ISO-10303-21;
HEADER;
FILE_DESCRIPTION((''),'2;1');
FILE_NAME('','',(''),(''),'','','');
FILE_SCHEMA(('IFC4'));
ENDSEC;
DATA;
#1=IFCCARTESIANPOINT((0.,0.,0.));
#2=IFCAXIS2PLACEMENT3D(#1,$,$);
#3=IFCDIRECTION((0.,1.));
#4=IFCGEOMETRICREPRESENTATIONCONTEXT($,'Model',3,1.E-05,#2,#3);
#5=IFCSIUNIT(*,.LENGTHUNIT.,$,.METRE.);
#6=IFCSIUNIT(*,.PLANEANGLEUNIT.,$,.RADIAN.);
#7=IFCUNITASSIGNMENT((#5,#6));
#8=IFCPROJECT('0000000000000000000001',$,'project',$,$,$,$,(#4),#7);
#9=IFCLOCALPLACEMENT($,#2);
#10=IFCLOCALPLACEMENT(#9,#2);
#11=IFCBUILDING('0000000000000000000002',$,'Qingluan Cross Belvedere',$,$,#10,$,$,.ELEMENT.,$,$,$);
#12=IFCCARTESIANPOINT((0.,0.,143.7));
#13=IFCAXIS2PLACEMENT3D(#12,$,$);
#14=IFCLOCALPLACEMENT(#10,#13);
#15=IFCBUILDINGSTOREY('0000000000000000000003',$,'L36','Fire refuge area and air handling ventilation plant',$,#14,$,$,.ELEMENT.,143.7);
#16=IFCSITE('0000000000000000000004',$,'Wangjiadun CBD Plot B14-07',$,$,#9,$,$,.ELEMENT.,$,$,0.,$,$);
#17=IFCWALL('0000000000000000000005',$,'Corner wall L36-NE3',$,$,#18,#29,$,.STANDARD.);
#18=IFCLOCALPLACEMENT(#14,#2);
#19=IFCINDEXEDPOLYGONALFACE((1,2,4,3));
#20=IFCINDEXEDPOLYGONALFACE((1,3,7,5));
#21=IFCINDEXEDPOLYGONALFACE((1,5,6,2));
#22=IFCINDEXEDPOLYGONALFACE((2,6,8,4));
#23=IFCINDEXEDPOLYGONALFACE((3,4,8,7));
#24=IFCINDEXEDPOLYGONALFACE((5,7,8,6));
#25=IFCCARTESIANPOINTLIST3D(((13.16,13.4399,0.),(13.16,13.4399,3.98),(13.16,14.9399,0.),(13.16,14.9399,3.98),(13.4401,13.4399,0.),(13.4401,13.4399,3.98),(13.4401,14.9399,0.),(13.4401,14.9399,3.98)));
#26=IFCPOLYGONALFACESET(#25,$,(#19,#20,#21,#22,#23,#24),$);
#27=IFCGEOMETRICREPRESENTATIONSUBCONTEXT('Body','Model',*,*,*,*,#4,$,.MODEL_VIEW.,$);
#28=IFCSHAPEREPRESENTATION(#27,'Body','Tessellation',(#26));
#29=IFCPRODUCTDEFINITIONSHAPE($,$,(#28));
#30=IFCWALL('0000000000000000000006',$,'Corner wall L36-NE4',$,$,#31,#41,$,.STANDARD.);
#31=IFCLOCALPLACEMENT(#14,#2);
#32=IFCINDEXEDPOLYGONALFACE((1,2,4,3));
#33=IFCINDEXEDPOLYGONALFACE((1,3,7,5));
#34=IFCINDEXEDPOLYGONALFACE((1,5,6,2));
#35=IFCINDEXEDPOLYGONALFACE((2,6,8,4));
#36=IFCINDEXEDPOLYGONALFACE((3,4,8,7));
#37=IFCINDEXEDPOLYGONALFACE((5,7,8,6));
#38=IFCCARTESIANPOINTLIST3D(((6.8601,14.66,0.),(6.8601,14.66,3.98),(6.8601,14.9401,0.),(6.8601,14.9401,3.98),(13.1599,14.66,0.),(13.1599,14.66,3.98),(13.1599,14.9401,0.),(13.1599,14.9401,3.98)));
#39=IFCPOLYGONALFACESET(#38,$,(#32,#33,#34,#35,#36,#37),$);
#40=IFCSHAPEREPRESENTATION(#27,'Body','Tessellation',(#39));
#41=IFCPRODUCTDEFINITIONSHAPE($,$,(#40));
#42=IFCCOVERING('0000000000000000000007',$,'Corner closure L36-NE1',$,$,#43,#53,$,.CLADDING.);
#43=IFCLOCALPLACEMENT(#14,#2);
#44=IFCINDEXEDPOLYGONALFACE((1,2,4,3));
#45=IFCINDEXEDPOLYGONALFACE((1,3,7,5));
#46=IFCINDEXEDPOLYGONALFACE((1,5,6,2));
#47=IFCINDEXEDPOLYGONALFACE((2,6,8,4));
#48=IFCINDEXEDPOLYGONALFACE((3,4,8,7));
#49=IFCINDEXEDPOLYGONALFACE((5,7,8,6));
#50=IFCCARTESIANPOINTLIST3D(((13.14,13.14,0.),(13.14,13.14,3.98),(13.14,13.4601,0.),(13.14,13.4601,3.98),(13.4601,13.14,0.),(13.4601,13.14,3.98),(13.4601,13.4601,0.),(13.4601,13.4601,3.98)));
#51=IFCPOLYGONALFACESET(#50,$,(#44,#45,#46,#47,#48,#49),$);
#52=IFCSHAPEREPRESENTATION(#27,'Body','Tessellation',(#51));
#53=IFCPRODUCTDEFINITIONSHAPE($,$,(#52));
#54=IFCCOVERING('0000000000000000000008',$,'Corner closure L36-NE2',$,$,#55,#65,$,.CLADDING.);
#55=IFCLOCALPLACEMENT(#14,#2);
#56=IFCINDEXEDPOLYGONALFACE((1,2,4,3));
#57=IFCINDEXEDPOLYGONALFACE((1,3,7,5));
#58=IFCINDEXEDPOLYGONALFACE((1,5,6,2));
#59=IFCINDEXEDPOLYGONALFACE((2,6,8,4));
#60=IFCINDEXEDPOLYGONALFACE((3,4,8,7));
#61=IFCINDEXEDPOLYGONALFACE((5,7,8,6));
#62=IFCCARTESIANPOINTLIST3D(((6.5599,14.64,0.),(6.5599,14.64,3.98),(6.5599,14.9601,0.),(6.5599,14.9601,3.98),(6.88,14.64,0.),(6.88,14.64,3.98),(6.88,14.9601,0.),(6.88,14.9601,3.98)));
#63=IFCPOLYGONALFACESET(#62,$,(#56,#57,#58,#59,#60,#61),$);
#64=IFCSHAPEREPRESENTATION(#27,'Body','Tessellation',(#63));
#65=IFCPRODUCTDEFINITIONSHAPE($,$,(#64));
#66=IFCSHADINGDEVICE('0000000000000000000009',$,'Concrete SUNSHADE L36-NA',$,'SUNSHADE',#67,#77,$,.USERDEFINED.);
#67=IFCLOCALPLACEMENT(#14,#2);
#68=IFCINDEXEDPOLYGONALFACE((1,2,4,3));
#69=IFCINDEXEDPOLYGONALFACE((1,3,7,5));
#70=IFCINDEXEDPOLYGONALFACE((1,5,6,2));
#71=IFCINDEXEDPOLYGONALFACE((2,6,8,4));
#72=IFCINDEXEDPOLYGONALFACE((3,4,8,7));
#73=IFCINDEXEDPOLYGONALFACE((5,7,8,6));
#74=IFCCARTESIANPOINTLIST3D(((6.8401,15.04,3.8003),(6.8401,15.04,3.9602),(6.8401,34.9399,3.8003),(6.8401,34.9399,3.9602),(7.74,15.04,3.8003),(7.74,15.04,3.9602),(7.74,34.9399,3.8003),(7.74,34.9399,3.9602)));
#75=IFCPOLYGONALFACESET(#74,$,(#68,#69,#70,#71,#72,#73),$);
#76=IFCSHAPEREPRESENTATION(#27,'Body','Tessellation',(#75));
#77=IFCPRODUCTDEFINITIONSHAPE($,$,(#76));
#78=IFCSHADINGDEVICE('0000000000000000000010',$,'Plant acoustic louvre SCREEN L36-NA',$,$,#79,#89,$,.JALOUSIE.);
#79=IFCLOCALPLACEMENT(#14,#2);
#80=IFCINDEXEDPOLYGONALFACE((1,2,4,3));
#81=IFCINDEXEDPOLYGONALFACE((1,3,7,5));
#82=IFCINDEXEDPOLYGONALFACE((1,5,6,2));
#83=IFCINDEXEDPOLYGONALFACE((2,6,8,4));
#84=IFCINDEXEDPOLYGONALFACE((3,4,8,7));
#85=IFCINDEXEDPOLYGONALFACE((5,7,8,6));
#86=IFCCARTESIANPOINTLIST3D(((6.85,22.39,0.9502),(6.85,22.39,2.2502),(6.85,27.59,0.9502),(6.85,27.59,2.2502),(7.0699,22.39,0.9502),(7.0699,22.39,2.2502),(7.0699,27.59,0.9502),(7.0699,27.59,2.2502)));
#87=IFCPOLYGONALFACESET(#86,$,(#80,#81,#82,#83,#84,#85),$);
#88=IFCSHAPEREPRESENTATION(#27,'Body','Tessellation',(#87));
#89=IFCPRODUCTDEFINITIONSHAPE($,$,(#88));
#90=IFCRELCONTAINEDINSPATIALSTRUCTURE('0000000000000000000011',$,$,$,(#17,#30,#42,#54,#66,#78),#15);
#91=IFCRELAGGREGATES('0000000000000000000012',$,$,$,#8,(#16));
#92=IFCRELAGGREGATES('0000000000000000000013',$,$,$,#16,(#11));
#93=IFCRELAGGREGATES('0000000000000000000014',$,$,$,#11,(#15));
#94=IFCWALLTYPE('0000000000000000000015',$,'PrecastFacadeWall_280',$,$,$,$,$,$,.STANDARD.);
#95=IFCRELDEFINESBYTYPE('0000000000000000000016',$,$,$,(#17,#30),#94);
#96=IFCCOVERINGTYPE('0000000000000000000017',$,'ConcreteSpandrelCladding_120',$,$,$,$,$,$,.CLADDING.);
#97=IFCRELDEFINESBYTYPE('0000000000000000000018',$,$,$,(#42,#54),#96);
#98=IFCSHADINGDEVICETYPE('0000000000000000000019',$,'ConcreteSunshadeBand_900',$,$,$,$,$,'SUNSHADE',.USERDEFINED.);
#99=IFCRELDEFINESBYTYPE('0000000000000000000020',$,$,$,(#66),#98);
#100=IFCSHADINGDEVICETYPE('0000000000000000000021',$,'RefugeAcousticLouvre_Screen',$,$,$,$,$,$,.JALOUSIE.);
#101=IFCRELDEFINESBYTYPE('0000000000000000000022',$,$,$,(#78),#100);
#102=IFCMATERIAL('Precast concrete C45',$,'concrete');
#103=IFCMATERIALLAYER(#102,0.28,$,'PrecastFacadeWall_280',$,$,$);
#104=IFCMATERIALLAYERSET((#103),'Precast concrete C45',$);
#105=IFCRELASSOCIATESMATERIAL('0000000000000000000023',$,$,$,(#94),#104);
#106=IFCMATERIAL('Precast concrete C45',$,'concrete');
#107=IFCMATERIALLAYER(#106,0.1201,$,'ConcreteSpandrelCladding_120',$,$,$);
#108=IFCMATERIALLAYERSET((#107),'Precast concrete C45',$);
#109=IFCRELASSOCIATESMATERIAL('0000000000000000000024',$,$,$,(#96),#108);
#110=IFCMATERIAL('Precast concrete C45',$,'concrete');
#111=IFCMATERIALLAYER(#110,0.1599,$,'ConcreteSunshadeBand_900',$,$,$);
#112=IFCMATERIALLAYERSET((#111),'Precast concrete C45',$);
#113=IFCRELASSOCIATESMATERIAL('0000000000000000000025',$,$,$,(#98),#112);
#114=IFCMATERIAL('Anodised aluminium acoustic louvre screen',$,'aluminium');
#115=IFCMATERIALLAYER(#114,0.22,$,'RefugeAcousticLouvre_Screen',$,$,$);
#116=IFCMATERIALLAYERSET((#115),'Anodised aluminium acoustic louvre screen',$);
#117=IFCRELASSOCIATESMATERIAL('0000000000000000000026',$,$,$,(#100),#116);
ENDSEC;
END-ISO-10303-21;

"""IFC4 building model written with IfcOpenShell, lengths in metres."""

from ifc_helpers import new_model, si_unit, direction, frame, frame_2d, origin, origin_2d, place, context, subcontext, project, spatial, rectangle, extrude, material, layer, layer_set, type_object, element, save


model = new_model("IFC4")

# Units and contexts
model_context = context("Model", 3, precision=1e-05, world=origin(), true_north=direction((0.0, 1.0)))
body_context = subcontext(model_context, "Body", "Model", "MODEL_VIEW")
ifc_project = project(units=[si_unit("LENGTHUNIT", "METRE"), si_unit("PLANEANGLEUNIT", "RADIAN")], contexts=[model_context])

# Site, building, storey
site_placement = place(None, origin())
site = spatial("IfcSite", under=ifc_project, at=site_placement, Name="Wangjiadun CBD Plot B14-07", CompositionType="ELEMENT", RefElevation=0.0)
building_placement = place(site_placement, origin())
building = spatial("IfcBuilding", under=site, at=building_placement, Name="Qingluan Cross Belvedere", CompositionType="ELEMENT")
storey_placement = place(building_placement, frame((0.0, 0.0, 143.7)))
storey = spatial("IfcBuildingStorey", under=building, at=storey_placement, Name="L36", Description="Fire refuge area and air handling ventilation plant", CompositionType="ELEMENT", Elevation=143.7)

# Shared definitions
ifc_material_1 = material(Name="Precast concrete C45", Category="concrete")
ifc_layer_1 = layer(ifc_material_1, 0.28, Name="PrecastFacadeWall_280")
ifc_layer_set_1 = layer_set([ifc_layer_1], Name="Precast concrete C45")
wall_type_1 = type_object("IfcWallType", Name="PrecastFacadeWall_280", PredefinedType="STANDARD", material=ifc_layer_set_1)

# Walls
wall_1_placement = place(storey_placement, frame((13.3, 13.4399, 0.0), z_axis=(0.0, 0.0, 1.0), x_axis=(0.0, 1.0, 0.0)))
element("IfcWall", 1, at=wall_1_placement, inside=storey, type_object=wall_type_1, Name="Corner wall L36-NE3", PredefinedType="STANDARD", context=body_context, shape_type="SweptSolid", body=[
    extrude(rectangle(XDim=1.5, YDim=0.28, at=frame_2d((0.75, 0.0))), origin(), (0.0, 0.0, 1.0), 3.98),
])
wall_2_placement = place(storey_placement, frame((13.1599, 14.8, 0.0), z_axis=(0.0, 0.0, 1.0), x_axis=(-1.0, 0.0, 0.0)))
element("IfcWall", 2, at=wall_2_placement, inside=storey, type_object=wall_type_1, Name="Corner wall L36-NE4", PredefinedType="STANDARD", context=body_context, shape_type="SweptSolid", body=[
    extrude(rectangle(XDim=6.2998, YDim=0.28, at=frame_2d((3.1499, 0.0))), origin(), (0.0, 0.0, 1.0), 3.98),
])

# Coverings
ifc_material_2 = material(Name="Precast concrete C45", Category="concrete")
ifc_layer_2 = layer(ifc_material_2, 0.1201, Name="ConcreteSpandrelCladding_120")
ifc_layer_set_2 = layer_set([ifc_layer_2], Name="Precast concrete C45")
covering_type = type_object("IfcCoveringType", Name="ConcreteSpandrelCladding_120", PredefinedType="CLADDING", material=ifc_layer_set_2)
for number, where, z_axis, x_axis, name in (
    (3, (13.3, 13.3, 0.0), (0.0, 0.0, 1.0), (1.0, 0.0, 0.0), "Corner closure L36-NE1"),
    (4, (6.72, 14.8, 0.0), (0.0, 0.0, 1.0), (1.0, 0.0, 0.0), "Corner closure L36-NE2"),
):
    element("IfcCovering", number, at=place(storey_placement, frame(where, z_axis=z_axis, x_axis=x_axis)), inside=storey, type_object=covering_type, Name=name, PredefinedType="CLADDING", context=body_context, shape_type="SweptSolid", body=[
        extrude(rectangle(XDim=0.3201, YDim=0.3201, at=origin_2d()), origin(), (0.0, 0.0, 1.0), 3.98),
    ])

# Shading devices
ifc_material_3 = material(Name="Precast concrete C45", Category="concrete")
ifc_layer_3 = layer(ifc_material_3, 0.1599, Name="ConcreteSunshadeBand_900")
ifc_layer_set_3 = layer_set([ifc_layer_3], Name="Precast concrete C45")
shading_device_type_1 = type_object("IfcShadingDeviceType", Name="ConcreteSunshadeBand_900", ElementType="SUNSHADE", PredefinedType="USERDEFINED", material=ifc_layer_set_3)
shading_device_1_placement = place(storey_placement, frame((7.29, 24.99, 3.8003), z_axis=(0.0, 0.0, 1.0), x_axis=(0.0, 1.0, 0.0)))
element("IfcShadingDevice", 5, at=shading_device_1_placement, inside=storey, type_object=shading_device_type_1, Name="Concrete SUNSHADE L36-NA", ObjectType="SUNSHADE", PredefinedType="USERDEFINED", context=body_context, shape_type="SweptSolid", body=[
    extrude(rectangle(XDim=19.8999, YDim=0.8999, at=origin_2d()), origin(), (0.0, 0.0, 1.0), 0.1599),
])
ifc_material_4 = material(Name="Anodised aluminium acoustic louvre screen", Category="aluminium")
ifc_layer_4 = layer(ifc_material_4, 0.22, Name="RefugeAcousticLouvre_Screen")
ifc_layer_set_4 = layer_set([ifc_layer_4], Name="Anodised aluminium acoustic louvre screen")
shading_device_type_2 = type_object("IfcShadingDeviceType", Name="RefugeAcousticLouvre_Screen", PredefinedType="JALOUSIE", material=ifc_layer_set_4)
shading_device_2_placement = place(storey_placement, frame((6.96, 24.99, 0.9502), z_axis=(0.0, 0.0, 1.0), x_axis=(0.0, 1.0, 0.0)))
element("IfcShadingDevice", 6, at=shading_device_2_placement, inside=storey, type_object=shading_device_type_2, Name="Plant acoustic louvre SCREEN L36-NA", PredefinedType="JALOUSIE", context=body_context, shape_type="SweptSolid", body=[
    extrude(rectangle(XDim=5.2, YDim=0.22, at=origin_2d()), origin(), (0.0, 0.0, 1.0), 1.3),
])

save(model, "model.ifc")
